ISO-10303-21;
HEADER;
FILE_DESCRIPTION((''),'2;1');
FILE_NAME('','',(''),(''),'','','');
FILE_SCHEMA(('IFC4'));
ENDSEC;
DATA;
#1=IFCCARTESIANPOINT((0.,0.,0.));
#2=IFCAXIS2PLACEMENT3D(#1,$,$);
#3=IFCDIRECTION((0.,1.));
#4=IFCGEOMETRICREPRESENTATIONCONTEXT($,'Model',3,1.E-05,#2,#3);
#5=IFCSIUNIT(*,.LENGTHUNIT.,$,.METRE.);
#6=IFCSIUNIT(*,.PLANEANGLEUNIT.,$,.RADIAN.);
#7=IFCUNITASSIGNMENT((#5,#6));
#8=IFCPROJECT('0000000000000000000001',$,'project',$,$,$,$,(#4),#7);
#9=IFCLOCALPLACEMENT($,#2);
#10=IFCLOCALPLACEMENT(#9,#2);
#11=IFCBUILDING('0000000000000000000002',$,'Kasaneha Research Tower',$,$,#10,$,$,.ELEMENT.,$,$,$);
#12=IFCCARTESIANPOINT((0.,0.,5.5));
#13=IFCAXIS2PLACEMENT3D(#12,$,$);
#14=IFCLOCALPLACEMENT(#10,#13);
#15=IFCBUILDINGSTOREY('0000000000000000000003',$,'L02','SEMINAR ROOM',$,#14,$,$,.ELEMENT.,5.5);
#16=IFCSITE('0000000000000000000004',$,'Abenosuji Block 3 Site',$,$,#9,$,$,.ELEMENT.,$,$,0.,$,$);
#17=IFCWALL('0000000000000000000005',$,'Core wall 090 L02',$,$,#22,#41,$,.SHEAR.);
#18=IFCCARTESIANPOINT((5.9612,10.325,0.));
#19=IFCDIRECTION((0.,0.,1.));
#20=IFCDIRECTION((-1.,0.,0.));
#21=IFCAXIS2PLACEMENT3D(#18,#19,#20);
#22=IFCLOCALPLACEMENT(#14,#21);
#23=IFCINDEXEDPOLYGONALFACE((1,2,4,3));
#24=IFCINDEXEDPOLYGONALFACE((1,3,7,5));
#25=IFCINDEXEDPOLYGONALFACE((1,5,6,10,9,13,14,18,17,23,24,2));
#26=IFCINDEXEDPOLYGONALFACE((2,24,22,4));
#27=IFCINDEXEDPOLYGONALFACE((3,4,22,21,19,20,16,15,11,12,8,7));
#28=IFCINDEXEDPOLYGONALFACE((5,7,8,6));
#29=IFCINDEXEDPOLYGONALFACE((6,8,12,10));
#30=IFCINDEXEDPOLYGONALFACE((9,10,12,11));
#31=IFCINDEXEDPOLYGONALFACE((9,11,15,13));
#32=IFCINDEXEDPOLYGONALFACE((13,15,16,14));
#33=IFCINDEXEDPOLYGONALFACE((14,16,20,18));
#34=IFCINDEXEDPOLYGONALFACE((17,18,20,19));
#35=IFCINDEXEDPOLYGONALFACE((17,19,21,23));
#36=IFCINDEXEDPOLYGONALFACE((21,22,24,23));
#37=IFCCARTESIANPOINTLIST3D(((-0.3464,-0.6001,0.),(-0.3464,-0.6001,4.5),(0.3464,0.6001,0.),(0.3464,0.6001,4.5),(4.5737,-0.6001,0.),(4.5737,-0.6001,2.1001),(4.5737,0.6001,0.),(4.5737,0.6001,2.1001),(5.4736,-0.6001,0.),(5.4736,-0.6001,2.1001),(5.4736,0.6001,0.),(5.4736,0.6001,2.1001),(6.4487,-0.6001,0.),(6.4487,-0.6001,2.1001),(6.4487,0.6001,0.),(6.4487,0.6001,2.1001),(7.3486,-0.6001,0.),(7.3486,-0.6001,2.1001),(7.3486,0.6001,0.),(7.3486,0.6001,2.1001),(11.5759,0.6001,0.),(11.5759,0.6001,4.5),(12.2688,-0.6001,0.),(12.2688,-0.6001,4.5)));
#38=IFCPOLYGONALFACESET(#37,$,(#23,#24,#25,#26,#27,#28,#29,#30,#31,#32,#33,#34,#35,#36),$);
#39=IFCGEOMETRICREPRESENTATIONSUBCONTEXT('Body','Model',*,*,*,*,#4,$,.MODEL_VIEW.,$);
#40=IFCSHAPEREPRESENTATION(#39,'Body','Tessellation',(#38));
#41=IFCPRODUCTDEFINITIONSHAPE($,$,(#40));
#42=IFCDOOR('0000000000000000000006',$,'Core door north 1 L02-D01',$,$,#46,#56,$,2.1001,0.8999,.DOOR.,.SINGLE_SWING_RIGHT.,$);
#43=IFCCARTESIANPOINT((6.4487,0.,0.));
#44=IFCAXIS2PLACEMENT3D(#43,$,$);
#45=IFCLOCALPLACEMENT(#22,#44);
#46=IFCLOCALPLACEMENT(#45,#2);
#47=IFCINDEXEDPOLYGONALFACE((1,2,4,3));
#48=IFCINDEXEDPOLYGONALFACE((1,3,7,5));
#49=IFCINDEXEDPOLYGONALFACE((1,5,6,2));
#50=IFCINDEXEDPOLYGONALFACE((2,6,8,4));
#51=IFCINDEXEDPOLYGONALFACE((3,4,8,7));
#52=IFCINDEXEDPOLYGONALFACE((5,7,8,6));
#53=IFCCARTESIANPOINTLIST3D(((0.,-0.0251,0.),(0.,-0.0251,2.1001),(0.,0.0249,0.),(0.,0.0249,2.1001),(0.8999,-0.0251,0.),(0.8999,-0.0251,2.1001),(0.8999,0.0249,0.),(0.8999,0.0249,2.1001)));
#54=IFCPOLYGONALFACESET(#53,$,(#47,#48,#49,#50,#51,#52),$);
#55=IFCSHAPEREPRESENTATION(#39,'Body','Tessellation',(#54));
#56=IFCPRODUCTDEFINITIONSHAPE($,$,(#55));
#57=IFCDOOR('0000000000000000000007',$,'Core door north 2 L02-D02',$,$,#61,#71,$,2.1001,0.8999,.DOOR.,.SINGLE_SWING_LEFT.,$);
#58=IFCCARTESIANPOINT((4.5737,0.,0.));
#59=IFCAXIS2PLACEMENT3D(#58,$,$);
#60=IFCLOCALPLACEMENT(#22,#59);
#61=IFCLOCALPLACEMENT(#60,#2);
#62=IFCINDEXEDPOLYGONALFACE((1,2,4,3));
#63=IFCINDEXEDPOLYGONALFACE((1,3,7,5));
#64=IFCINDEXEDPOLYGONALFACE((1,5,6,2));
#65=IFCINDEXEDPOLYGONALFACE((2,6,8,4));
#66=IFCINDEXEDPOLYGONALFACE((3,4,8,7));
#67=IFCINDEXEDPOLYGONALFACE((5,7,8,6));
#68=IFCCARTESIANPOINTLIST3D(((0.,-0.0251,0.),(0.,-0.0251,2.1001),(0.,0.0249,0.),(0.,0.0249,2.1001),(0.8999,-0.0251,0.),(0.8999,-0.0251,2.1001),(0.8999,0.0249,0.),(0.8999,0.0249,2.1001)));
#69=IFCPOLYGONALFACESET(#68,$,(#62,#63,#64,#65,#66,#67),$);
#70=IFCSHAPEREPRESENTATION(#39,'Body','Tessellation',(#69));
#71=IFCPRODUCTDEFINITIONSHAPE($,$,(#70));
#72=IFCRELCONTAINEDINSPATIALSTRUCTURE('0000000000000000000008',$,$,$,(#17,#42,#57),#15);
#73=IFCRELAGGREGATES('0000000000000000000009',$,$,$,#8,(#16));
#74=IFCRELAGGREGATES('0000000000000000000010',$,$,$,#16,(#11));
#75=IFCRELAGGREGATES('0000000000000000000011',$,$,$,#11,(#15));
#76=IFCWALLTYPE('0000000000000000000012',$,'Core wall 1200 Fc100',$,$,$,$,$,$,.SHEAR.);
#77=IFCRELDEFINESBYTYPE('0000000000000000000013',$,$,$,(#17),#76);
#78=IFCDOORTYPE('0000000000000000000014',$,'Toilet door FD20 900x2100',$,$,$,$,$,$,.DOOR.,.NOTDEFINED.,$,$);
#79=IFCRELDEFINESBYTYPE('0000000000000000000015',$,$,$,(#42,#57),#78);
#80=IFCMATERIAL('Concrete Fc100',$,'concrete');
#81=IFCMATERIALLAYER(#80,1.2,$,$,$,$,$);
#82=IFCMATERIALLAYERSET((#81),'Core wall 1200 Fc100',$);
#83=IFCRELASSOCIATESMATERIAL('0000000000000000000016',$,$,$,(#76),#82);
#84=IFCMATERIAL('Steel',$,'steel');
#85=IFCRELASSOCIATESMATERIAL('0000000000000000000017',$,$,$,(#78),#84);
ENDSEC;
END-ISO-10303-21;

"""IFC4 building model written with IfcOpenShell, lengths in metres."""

from ifc_helpers import new_model, si_unit, direction, frame, frame_2d, origin, place, context, subcontext, project, spatial, polyline, rectangle, outline, extrude, material, layer, layer_set, type_object, element, fill, save


model = new_model("IFC4")

# Units and contexts
model_context = context("Model", 3, precision=1e-05, world=origin(), true_north=direction((0.0, 1.0)))
body_context = subcontext(model_context, "Body", "Model", "MODEL_VIEW")
ifc_project = project(units=[si_unit("LENGTHUNIT", "METRE"), si_unit("PLANEANGLEUNIT", "RADIAN")], contexts=[model_context])

# Site, building, storey
site_placement = place(None, origin())
site = spatial("IfcSite", under=ifc_project, at=site_placement, Name="Abenosuji Block 3 Site", CompositionType="ELEMENT", RefElevation=0.0)
building_placement = place(site_placement, origin())
building = spatial("IfcBuilding", under=site, at=building_placement, Name="Kasaneha Research Tower", CompositionType="ELEMENT")
storey_placement = place(building_placement, frame((0.0, 0.0, 5.5)))
storey = spatial("IfcBuildingStorey", under=building, at=storey_placement, Name="L02", Description="SEMINAR ROOM", CompositionType="ELEMENT", Elevation=5.5)

# Shared definitions
ifc_material_1 = material(Name="Concrete Fc100", Category="concrete")
ifc_layer_1 = layer(ifc_material_1, 1.2)
ifc_layer_set_1 = layer_set([ifc_layer_1], Name="Core wall 1200 Fc100")
wall_type_1 = type_object("IfcWallType", Name="Core wall 1200 Fc100", PredefinedType="SHEAR", material=ifc_layer_set_1)

# Wall, openings, doors
wall_1_placement = place(storey_placement, frame((5.9612, 10.325, 0.0), z_axis=(0.0, 0.0, 1.0), x_axis=(-1.0, 0.0, 0.0)))
wall_1 = element("IfcWall", 1, at=wall_1_placement, inside=storey, type_object=wall_type_1, Name="Core wall 090 L02", PredefinedType="SHEAR", context=body_context, shape_type="SweptSolid", body=[
    extrude(outline(polyline([(-0.3464, -0.6001), (4.5737, -0.6001), (5.4736, -0.6001), (6.4487, -0.6001), (7.3486, -0.6001), (12.2688, -0.6001), (11.5759, 0.6001), (7.3486, 0.6001), (6.4487, 0.6001), (5.4736, 0.6001), (4.5737, 0.6001), (0.3464, 0.6001), (-0.3464, -0.6001)])), origin(), (0.0, 0.0, 1.0), 4.5),
])
opening_1_placement = place(wall_1_placement, frame((6.4487, 0.0, 0.0)))
opening_1 = element("IfcOpeningElement", 2, at=opening_1_placement, cuts=wall_1, PredefinedType="OPENING", context=body_context, shape_type="SweptSolid", body=[
    extrude(rectangle(XDim=0.8999, YDim=2.1001, at=frame_2d((0.45, 1.05))), frame((0.0, 0.6099, 0.0), z_axis=(0.0, -1.0, 0.0), x_axis=(1.0, 0.0, 0.0)), (0.0, 0.0, 1.0), 1.22),
])
opening_2_placement = place(wall_1_placement, frame((4.5737, 0.0, 0.0)))
opening_2 = element("IfcOpeningElement", 3, at=opening_2_placement, cuts=wall_1, PredefinedType="OPENING", context=body_context, shape_type="SweptSolid", body=[
    extrude(rectangle(XDim=0.8999, YDim=2.1001, at=frame_2d((0.45, 1.05))), frame((0.0, 0.6099, 0.0), z_axis=(0.0, -1.0, 0.0), x_axis=(1.0, 0.0, 0.0)), (0.0, 0.0, 1.0), 1.22),
])
ifc_material_2 = material(Name="Steel", Category="steel")
door_type_1 = type_object("IfcDoorType", Name="Toilet door FD20 900x2100", OperationType="NOTDEFINED", PredefinedType="DOOR", material=ifc_material_2)
door_1_placement = place(opening_1_placement, origin())
door_1 = element("IfcDoor", 4, at=door_1_placement, inside=storey, type_object=door_type_1, Name="Core door north 1 L02-D01", OperationType="SINGLE_SWING_RIGHT", OverallHeight=2.1001, OverallWidth=0.8999, PredefinedType="DOOR", context=body_context, shape_type="SweptSolid", body=[
    extrude(rectangle(XDim=0.8999, YDim=2.1001, at=frame_2d((0.45, 1.05))), frame((0.0, 0.0249, 0.0), z_axis=(0.0, -1.0, 0.0), x_axis=(1.0, 0.0, 0.0)), (0.0, 0.0, 1.0), 0.05),
])
fill(opening_1, door_1)
door_2_placement = place(opening_2_placement, origin())
door_2 = element("IfcDoor", 5, at=door_2_placement, inside=storey, type_object=door_type_1, Name="Core door north 2 L02-D02", OperationType="SINGLE_SWING_LEFT", OverallHeight=2.1001, OverallWidth=0.8999, PredefinedType="DOOR", context=body_context, shape_type="SweptSolid", body=[
    extrude(rectangle(XDim=0.8999, YDim=2.1001, at=frame_2d((0.45, 1.05))), frame((0.0, 0.0249, 0.0), z_axis=(0.0, -1.0, 0.0), x_axis=(1.0, 0.0, 0.0)), (0.0, 0.0, 1.0), 0.05),
])
fill(opening_2, door_2)

save(model, "model.ifc")
